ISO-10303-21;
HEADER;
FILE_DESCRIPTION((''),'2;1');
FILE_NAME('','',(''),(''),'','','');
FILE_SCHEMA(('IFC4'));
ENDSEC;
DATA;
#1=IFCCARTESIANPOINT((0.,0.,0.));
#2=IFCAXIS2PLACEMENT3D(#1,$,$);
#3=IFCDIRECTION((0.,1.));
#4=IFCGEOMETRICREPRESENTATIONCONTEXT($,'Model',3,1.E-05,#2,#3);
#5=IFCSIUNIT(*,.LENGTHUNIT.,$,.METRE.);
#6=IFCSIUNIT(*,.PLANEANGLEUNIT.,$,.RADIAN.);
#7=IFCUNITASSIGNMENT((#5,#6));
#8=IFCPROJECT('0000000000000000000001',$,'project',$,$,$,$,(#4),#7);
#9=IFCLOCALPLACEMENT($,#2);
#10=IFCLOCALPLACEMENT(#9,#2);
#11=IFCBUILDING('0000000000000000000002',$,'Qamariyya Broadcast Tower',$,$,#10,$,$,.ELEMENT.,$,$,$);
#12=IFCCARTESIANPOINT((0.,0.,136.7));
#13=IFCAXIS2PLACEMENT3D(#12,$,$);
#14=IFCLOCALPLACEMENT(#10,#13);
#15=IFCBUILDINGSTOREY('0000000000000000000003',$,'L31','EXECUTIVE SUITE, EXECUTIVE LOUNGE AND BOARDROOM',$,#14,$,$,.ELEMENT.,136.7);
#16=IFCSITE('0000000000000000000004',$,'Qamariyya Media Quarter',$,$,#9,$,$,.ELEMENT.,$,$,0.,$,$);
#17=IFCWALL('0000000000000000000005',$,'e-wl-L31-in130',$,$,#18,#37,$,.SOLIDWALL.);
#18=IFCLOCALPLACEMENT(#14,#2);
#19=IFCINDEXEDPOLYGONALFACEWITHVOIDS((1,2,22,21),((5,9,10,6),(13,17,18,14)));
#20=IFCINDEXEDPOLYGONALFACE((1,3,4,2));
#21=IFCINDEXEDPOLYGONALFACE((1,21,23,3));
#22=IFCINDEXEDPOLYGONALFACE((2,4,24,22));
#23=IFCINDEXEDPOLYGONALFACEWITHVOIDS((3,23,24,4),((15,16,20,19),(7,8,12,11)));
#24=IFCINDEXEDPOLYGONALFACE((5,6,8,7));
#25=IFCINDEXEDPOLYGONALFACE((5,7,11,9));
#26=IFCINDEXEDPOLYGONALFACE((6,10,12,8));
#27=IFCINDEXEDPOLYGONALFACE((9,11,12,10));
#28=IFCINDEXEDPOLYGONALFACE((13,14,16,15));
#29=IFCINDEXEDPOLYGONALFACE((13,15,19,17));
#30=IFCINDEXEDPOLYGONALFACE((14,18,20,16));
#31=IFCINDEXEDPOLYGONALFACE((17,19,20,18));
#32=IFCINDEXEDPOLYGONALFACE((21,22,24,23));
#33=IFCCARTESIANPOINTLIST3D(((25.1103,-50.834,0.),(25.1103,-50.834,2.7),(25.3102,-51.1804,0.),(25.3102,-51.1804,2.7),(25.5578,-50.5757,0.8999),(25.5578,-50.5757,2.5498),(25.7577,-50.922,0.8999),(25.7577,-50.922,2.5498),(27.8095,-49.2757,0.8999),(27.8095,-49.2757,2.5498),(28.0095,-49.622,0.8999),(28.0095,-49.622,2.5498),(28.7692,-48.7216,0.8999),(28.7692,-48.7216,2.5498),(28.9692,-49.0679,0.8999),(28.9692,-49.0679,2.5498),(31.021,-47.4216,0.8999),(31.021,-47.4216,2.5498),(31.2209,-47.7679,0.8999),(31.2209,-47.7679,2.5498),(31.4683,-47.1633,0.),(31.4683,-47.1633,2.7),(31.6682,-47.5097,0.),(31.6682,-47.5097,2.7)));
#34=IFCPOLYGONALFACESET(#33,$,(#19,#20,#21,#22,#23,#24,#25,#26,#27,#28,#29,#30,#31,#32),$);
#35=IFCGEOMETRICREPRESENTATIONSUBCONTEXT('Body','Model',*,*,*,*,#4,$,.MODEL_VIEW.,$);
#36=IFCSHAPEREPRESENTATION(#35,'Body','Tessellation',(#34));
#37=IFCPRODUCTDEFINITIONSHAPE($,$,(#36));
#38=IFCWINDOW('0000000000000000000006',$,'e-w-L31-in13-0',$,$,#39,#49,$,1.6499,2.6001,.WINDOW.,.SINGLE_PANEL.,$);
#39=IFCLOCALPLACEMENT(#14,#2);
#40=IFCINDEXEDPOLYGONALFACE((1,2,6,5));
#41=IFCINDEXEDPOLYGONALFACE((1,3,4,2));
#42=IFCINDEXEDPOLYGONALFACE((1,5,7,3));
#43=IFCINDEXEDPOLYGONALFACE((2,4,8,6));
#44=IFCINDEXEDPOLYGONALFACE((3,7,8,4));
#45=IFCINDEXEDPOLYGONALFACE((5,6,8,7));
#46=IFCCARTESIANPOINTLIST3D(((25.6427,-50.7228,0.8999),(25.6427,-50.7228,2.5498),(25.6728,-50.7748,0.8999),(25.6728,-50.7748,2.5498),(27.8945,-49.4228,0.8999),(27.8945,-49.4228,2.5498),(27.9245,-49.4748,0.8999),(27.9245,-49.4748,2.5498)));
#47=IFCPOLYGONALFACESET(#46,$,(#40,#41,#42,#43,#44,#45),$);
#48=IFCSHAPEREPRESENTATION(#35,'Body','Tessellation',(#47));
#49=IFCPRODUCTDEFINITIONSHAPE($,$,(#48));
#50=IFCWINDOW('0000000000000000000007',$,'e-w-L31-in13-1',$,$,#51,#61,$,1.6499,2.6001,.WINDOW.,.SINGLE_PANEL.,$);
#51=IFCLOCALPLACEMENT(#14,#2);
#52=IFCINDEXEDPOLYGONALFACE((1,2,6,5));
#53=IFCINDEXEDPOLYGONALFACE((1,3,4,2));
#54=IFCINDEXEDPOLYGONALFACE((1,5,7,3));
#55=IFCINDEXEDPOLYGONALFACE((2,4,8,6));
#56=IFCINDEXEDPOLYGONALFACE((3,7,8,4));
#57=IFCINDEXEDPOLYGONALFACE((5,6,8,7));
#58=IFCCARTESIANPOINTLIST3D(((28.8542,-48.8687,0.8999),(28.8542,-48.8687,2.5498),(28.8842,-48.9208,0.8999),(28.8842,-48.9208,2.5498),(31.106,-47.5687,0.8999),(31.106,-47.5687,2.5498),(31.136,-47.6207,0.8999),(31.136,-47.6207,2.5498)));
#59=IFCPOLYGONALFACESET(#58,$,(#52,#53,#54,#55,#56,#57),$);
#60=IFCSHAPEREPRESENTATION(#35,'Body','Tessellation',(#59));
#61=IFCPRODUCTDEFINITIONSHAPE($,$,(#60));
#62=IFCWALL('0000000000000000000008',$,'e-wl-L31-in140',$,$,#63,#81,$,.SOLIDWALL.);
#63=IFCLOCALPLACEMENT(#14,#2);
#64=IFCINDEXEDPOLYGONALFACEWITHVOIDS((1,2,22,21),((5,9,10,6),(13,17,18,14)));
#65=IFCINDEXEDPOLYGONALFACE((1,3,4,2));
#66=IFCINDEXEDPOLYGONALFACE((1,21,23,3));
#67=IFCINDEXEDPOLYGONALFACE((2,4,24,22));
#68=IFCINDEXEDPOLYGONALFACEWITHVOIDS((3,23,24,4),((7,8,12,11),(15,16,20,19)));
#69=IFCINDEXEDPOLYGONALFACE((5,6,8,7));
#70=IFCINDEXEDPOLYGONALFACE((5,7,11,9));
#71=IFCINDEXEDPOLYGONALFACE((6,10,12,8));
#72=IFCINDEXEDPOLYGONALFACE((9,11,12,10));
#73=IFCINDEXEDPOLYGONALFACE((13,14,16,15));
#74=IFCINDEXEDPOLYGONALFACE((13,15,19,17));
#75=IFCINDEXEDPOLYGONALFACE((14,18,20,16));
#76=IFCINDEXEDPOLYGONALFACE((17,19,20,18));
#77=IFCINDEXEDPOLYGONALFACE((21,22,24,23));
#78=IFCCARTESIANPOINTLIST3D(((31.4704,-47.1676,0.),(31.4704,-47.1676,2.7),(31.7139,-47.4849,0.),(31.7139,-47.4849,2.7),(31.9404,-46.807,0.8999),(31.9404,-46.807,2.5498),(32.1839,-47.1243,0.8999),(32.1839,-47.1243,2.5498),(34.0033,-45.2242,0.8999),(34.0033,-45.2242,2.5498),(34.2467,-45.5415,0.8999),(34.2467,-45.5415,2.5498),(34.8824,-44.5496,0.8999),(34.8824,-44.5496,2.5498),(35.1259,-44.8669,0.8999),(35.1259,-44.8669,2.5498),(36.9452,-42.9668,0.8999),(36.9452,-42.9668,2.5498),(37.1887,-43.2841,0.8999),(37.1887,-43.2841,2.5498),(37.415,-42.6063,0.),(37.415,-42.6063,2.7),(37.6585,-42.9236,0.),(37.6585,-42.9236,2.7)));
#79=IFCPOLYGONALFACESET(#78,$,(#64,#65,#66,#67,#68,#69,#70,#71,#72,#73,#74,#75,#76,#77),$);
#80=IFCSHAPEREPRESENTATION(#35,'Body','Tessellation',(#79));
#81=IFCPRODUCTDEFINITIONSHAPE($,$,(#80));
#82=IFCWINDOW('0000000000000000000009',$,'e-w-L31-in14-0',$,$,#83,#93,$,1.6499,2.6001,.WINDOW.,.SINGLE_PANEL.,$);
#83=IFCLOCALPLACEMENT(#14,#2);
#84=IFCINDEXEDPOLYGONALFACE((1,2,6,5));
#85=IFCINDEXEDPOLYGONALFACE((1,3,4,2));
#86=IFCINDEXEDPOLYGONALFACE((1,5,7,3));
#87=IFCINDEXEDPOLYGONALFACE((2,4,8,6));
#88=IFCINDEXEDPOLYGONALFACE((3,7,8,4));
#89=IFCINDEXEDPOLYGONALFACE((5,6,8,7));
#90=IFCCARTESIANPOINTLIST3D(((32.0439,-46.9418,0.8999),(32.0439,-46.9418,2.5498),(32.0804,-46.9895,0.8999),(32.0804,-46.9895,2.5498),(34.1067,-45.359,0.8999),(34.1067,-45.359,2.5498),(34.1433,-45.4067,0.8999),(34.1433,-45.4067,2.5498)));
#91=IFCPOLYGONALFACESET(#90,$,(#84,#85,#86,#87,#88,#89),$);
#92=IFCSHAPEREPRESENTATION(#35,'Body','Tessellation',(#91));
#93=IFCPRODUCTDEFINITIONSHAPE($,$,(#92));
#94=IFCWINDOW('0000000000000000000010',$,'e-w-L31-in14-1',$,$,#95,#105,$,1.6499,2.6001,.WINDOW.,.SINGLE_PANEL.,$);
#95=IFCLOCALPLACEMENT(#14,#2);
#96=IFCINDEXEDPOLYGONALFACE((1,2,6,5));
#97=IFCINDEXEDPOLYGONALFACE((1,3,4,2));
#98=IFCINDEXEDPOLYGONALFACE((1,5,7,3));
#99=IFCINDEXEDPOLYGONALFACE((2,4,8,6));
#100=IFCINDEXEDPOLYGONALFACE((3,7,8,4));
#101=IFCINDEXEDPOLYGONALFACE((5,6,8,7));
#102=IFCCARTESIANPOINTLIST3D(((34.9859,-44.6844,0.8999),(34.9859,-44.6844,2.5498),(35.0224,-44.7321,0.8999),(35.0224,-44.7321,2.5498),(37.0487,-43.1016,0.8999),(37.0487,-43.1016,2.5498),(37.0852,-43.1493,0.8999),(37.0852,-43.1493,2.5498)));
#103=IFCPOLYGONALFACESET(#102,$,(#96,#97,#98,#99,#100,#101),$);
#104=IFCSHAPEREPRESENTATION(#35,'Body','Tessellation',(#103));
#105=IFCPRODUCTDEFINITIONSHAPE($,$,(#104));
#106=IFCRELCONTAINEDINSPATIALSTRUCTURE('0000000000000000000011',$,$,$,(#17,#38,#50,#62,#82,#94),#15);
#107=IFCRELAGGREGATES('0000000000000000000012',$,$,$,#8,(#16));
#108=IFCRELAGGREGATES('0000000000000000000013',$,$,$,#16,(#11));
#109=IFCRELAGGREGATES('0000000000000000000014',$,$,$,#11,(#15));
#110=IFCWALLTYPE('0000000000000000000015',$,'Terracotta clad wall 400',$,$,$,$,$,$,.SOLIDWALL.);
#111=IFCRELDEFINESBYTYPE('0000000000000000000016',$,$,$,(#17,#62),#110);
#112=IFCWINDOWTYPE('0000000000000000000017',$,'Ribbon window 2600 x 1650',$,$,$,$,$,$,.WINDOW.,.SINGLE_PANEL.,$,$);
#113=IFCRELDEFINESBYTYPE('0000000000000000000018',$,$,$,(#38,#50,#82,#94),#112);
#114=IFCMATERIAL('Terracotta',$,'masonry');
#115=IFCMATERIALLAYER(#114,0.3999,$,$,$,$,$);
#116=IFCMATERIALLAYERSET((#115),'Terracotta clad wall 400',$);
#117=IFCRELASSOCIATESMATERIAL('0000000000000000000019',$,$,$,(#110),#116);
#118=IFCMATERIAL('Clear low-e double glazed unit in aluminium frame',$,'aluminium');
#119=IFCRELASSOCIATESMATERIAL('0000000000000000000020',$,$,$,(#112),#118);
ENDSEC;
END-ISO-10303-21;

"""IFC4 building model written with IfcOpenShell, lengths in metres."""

from ifc_helpers import new_model, si_unit, direction, frame, frame_2d, origin, place, context, subcontext, project, spatial, rectangle, extrude, material, layer, layer_set, type_object, element, fill, save


model = new_model("IFC4")

# Units and contexts
model_context = context("Model", 3, precision=1e-05, world=origin(), true_north=direction((0.0, 1.0)))
body_context = subcontext(model_context, "Body", "Model", "MODEL_VIEW")
ifc_project = project(units=[si_unit("LENGTHUNIT", "METRE"), si_unit("PLANEANGLEUNIT", "RADIAN")], contexts=[model_context])

# Site, building, storey
site_placement = place(None, origin())
site = spatial("IfcSite", under=ifc_project, at=site_placement, Name="Qamariyya Media Quarter", CompositionType="ELEMENT", RefElevation=0.0)
building_placement = place(site_placement, origin())
building = spatial("IfcBuilding", under=site, at=building_placement, Name="Qamariyya Broadcast Tower", CompositionType="ELEMENT")
storey_placement = place(building_placement, frame((0.0, 0.0, 136.7)))
storey = spatial("IfcBuildingStorey", under=building, at=storey_placement, Name="L31", Description="EXECUTIVE SUITE, EXECUTIVE LOUNGE AND BOARDROOM", CompositionType="ELEMENT", Elevation=136.7)

# Walls, openings, windows
ifc_material_1 = material(Name="Terracotta", Category="masonry")
ifc_layer_1 = layer(ifc_material_1, 0.3999)
ifc_layer_set_1 = layer_set([ifc_layer_1], Name="Terracotta clad wall 400")
wall_type_1 = type_object("IfcWallType", Name="Terracotta clad wall 400", PredefinedType="SOLIDWALL", material=ifc_layer_set_1)
wall_1_placement = place(storey_placement, frame((31.5684, -47.3364, 0.0), z_axis=(0.0, 0.0, 1.0), x_axis=(-0.866031, -0.499991, 0.0)))
wall_1 = element("IfcWall", 1, at=wall_1_placement, inside=storey, type_object=wall_type_1, Name="e-wl-L31-in130", PredefinedType="SOLIDWALL", context=body_context, shape_type="SweptSolid", body=[
    extrude(rectangle(XDim=7.3416, YDim=0.3999, at=frame_2d((3.6709, 0.0))), origin(), (0.0, 0.0, 1.0), 2.7),
])
opening_1_placement = place(wall_1_placement, frame((4.2249, 0.0, 0.8999)))
opening_1 = element("IfcOpeningElement", 2, at=opening_1_placement, cuts=wall_1, PredefinedType="OPENING", context=body_context, shape_type="SweptSolid", body=[
    extrude(rectangle(XDim=2.6001, YDim=1.6499, at=frame_2d((1.3, 0.825))), frame((0.0, 0.21, 0.0), z_axis=(0.0, -1.0, 0.0), x_axis=(1.0, 0.0, 0.0)), (0.0, 0.0, 1.0), 0.4199),
])
opening_2_placement = place(wall_1_placement, frame((0.5166, 0.0, 0.8999)))
opening_2 = element("IfcOpeningElement", 3, at=opening_2_placement, cuts=wall_1, PredefinedType="OPENING", context=body_context, shape_type="SweptSolid", body=[
    extrude(rectangle(XDim=2.6001, YDim=1.6499, at=frame_2d((1.3, 0.825))), frame((0.0, 0.21, 0.0), z_axis=(0.0, -1.0, 0.0), x_axis=(1.0, 0.0, 0.0)), (0.0, 0.0, 1.0), 0.4199),
])
ifc_material_2 = material(Name="Clear low-e double glazed unit in aluminium frame", Category="aluminium")
window_type = type_object("IfcWindowType", Name="Ribbon window 2600 x 1650", PartitioningType="SINGLE_PANEL", PredefinedType="WINDOW", material=ifc_material_2)
window_1_placement = place(opening_1_placement, origin())
window_1 = element("IfcWindow", 4, at=window_1_placement, inside=storey, type_object=window_type, Name="e-w-L31-in13-0", OverallHeight=1.6499, OverallWidth=2.6001, PartitioningType="SINGLE_PANEL", PredefinedType="WINDOW", context=body_context, shape_type="SweptSolid", body=[
    extrude(rectangle(XDim=2.6001, YDim=1.6499, at=frame_2d((1.3, 0.825))), frame((0.0, 0.03, 0.0), z_axis=(0.0, -1.0, 0.0), x_axis=(1.0, 0.0, 0.0)), (0.0, 0.0, 1.0), 0.0601),
])
fill(opening_1, window_1)
window_2_placement = place(opening_2_placement, origin())
window_2 = element("IfcWindow", 5, at=window_2_placement, inside=storey, type_object=window_type, Name="e-w-L31-in13-1", OverallHeight=1.6499, OverallWidth=2.6001, PartitioningType="SINGLE_PANEL", PredefinedType="WINDOW", context=body_context, shape_type="SweptSolid", body=[
    extrude(rectangle(XDim=2.6001, YDim=1.6499, at=frame_2d((1.3, 0.825))), frame((0.0, 0.03, 0.0), z_axis=(0.0, -1.0, 0.0), x_axis=(1.0, 0.0, 0.0)), (0.0, 0.0, 1.0), 0.0601),
])
fill(opening_2, window_2)
wall_2_placement = place(storey_placement, frame((37.5369, -42.7649, 0.0), z_axis=(0.0, 0.0, 1.0), x_axis=(-0.793363, -0.608748, 0.0)))
wall_2 = element("IfcWall", 6, at=wall_2_placement, inside=storey, type_object=wall_type_1, Name="e-wl-L31-in140", PredefinedType="SOLIDWALL", context=body_context, shape_type="SweptSolid", body=[
    extrude(rectangle(XDim=7.4929, YDim=0.3999, at=frame_2d((3.7466, 0.0))), origin(), (0.0, 0.0, 1.0), 2.7),
])
opening_3_placement = place(wall_2_placement, frame((4.3005, 0.0, 0.8999)))
opening_3 = element("IfcOpeningElement", 7, at=opening_3_placement, cuts=wall_2, PredefinedType="OPENING", context=body_context, shape_type="SweptSolid", body=[
    extrude(rectangle(XDim=2.6001, YDim=1.6499, at=frame_2d((1.3, 0.825))), frame((0.0, 0.21, 0.0), z_axis=(0.0, -1.0, 0.0), x_axis=(1.0, 0.0, 0.0)), (0.0, 0.0, 1.0), 0.4199),
])
opening_4_placement = place(wall_2_placement, frame((0.5923, 0.0, 0.8999)))
opening_4 = element("IfcOpeningElement", 8, at=opening_4_placement, cuts=wall_2, PredefinedType="OPENING", context=body_context, shape_type="SweptSolid", body=[
    extrude(rectangle(XDim=2.6001, YDim=1.6499, at=frame_2d((1.3, 0.825))), frame((0.0, 0.21, 0.0), z_axis=(0.0, -1.0, 0.0), x_axis=(1.0, 0.0, 0.0)), (0.0, 0.0, 1.0), 0.4199),
])
window_3_placement = place(opening_3_placement, origin())
window_3 = element("IfcWindow", 9, at=window_3_placement, inside=storey, type_object=window_type, Name="e-w-L31-in14-0", OverallHeight=1.6499, OverallWidth=2.6001, PartitioningType="SINGLE_PANEL", PredefinedType="WINDOW", context=body_context, shape_type="SweptSolid", body=[
    extrude(rectangle(XDim=2.6001, YDim=1.6499, at=frame_2d((1.3, 0.825))), frame((0.0, 0.03, 0.0), z_axis=(0.0, -1.0, 0.0), x_axis=(1.0, 0.0, 0.0)), (0.0, 0.0, 1.0), 0.0601),
])
fill(opening_3, window_3)
window_4_placement = place(opening_4_placement, origin())
window_4 = element("IfcWindow", 10, at=window_4_placement, inside=storey, type_object=window_type, Name="e-w-L31-in14-1", OverallHeight=1.6499, OverallWidth=2.6001, PartitioningType="SINGLE_PANEL", PredefinedType="WINDOW", context=body_context, shape_type="SweptSolid", body=[
    extrude(rectangle(XDim=2.6001, YDim=1.6499, at=frame_2d((1.3, 0.825))), frame((0.0, 0.03, 0.0), z_axis=(0.0, -1.0, 0.0), x_axis=(1.0, 0.0, 0.0)), (0.0, 0.0, 1.0), 0.0601),
])
fill(opening_4, window_4)

save(model, "model.ifc")
